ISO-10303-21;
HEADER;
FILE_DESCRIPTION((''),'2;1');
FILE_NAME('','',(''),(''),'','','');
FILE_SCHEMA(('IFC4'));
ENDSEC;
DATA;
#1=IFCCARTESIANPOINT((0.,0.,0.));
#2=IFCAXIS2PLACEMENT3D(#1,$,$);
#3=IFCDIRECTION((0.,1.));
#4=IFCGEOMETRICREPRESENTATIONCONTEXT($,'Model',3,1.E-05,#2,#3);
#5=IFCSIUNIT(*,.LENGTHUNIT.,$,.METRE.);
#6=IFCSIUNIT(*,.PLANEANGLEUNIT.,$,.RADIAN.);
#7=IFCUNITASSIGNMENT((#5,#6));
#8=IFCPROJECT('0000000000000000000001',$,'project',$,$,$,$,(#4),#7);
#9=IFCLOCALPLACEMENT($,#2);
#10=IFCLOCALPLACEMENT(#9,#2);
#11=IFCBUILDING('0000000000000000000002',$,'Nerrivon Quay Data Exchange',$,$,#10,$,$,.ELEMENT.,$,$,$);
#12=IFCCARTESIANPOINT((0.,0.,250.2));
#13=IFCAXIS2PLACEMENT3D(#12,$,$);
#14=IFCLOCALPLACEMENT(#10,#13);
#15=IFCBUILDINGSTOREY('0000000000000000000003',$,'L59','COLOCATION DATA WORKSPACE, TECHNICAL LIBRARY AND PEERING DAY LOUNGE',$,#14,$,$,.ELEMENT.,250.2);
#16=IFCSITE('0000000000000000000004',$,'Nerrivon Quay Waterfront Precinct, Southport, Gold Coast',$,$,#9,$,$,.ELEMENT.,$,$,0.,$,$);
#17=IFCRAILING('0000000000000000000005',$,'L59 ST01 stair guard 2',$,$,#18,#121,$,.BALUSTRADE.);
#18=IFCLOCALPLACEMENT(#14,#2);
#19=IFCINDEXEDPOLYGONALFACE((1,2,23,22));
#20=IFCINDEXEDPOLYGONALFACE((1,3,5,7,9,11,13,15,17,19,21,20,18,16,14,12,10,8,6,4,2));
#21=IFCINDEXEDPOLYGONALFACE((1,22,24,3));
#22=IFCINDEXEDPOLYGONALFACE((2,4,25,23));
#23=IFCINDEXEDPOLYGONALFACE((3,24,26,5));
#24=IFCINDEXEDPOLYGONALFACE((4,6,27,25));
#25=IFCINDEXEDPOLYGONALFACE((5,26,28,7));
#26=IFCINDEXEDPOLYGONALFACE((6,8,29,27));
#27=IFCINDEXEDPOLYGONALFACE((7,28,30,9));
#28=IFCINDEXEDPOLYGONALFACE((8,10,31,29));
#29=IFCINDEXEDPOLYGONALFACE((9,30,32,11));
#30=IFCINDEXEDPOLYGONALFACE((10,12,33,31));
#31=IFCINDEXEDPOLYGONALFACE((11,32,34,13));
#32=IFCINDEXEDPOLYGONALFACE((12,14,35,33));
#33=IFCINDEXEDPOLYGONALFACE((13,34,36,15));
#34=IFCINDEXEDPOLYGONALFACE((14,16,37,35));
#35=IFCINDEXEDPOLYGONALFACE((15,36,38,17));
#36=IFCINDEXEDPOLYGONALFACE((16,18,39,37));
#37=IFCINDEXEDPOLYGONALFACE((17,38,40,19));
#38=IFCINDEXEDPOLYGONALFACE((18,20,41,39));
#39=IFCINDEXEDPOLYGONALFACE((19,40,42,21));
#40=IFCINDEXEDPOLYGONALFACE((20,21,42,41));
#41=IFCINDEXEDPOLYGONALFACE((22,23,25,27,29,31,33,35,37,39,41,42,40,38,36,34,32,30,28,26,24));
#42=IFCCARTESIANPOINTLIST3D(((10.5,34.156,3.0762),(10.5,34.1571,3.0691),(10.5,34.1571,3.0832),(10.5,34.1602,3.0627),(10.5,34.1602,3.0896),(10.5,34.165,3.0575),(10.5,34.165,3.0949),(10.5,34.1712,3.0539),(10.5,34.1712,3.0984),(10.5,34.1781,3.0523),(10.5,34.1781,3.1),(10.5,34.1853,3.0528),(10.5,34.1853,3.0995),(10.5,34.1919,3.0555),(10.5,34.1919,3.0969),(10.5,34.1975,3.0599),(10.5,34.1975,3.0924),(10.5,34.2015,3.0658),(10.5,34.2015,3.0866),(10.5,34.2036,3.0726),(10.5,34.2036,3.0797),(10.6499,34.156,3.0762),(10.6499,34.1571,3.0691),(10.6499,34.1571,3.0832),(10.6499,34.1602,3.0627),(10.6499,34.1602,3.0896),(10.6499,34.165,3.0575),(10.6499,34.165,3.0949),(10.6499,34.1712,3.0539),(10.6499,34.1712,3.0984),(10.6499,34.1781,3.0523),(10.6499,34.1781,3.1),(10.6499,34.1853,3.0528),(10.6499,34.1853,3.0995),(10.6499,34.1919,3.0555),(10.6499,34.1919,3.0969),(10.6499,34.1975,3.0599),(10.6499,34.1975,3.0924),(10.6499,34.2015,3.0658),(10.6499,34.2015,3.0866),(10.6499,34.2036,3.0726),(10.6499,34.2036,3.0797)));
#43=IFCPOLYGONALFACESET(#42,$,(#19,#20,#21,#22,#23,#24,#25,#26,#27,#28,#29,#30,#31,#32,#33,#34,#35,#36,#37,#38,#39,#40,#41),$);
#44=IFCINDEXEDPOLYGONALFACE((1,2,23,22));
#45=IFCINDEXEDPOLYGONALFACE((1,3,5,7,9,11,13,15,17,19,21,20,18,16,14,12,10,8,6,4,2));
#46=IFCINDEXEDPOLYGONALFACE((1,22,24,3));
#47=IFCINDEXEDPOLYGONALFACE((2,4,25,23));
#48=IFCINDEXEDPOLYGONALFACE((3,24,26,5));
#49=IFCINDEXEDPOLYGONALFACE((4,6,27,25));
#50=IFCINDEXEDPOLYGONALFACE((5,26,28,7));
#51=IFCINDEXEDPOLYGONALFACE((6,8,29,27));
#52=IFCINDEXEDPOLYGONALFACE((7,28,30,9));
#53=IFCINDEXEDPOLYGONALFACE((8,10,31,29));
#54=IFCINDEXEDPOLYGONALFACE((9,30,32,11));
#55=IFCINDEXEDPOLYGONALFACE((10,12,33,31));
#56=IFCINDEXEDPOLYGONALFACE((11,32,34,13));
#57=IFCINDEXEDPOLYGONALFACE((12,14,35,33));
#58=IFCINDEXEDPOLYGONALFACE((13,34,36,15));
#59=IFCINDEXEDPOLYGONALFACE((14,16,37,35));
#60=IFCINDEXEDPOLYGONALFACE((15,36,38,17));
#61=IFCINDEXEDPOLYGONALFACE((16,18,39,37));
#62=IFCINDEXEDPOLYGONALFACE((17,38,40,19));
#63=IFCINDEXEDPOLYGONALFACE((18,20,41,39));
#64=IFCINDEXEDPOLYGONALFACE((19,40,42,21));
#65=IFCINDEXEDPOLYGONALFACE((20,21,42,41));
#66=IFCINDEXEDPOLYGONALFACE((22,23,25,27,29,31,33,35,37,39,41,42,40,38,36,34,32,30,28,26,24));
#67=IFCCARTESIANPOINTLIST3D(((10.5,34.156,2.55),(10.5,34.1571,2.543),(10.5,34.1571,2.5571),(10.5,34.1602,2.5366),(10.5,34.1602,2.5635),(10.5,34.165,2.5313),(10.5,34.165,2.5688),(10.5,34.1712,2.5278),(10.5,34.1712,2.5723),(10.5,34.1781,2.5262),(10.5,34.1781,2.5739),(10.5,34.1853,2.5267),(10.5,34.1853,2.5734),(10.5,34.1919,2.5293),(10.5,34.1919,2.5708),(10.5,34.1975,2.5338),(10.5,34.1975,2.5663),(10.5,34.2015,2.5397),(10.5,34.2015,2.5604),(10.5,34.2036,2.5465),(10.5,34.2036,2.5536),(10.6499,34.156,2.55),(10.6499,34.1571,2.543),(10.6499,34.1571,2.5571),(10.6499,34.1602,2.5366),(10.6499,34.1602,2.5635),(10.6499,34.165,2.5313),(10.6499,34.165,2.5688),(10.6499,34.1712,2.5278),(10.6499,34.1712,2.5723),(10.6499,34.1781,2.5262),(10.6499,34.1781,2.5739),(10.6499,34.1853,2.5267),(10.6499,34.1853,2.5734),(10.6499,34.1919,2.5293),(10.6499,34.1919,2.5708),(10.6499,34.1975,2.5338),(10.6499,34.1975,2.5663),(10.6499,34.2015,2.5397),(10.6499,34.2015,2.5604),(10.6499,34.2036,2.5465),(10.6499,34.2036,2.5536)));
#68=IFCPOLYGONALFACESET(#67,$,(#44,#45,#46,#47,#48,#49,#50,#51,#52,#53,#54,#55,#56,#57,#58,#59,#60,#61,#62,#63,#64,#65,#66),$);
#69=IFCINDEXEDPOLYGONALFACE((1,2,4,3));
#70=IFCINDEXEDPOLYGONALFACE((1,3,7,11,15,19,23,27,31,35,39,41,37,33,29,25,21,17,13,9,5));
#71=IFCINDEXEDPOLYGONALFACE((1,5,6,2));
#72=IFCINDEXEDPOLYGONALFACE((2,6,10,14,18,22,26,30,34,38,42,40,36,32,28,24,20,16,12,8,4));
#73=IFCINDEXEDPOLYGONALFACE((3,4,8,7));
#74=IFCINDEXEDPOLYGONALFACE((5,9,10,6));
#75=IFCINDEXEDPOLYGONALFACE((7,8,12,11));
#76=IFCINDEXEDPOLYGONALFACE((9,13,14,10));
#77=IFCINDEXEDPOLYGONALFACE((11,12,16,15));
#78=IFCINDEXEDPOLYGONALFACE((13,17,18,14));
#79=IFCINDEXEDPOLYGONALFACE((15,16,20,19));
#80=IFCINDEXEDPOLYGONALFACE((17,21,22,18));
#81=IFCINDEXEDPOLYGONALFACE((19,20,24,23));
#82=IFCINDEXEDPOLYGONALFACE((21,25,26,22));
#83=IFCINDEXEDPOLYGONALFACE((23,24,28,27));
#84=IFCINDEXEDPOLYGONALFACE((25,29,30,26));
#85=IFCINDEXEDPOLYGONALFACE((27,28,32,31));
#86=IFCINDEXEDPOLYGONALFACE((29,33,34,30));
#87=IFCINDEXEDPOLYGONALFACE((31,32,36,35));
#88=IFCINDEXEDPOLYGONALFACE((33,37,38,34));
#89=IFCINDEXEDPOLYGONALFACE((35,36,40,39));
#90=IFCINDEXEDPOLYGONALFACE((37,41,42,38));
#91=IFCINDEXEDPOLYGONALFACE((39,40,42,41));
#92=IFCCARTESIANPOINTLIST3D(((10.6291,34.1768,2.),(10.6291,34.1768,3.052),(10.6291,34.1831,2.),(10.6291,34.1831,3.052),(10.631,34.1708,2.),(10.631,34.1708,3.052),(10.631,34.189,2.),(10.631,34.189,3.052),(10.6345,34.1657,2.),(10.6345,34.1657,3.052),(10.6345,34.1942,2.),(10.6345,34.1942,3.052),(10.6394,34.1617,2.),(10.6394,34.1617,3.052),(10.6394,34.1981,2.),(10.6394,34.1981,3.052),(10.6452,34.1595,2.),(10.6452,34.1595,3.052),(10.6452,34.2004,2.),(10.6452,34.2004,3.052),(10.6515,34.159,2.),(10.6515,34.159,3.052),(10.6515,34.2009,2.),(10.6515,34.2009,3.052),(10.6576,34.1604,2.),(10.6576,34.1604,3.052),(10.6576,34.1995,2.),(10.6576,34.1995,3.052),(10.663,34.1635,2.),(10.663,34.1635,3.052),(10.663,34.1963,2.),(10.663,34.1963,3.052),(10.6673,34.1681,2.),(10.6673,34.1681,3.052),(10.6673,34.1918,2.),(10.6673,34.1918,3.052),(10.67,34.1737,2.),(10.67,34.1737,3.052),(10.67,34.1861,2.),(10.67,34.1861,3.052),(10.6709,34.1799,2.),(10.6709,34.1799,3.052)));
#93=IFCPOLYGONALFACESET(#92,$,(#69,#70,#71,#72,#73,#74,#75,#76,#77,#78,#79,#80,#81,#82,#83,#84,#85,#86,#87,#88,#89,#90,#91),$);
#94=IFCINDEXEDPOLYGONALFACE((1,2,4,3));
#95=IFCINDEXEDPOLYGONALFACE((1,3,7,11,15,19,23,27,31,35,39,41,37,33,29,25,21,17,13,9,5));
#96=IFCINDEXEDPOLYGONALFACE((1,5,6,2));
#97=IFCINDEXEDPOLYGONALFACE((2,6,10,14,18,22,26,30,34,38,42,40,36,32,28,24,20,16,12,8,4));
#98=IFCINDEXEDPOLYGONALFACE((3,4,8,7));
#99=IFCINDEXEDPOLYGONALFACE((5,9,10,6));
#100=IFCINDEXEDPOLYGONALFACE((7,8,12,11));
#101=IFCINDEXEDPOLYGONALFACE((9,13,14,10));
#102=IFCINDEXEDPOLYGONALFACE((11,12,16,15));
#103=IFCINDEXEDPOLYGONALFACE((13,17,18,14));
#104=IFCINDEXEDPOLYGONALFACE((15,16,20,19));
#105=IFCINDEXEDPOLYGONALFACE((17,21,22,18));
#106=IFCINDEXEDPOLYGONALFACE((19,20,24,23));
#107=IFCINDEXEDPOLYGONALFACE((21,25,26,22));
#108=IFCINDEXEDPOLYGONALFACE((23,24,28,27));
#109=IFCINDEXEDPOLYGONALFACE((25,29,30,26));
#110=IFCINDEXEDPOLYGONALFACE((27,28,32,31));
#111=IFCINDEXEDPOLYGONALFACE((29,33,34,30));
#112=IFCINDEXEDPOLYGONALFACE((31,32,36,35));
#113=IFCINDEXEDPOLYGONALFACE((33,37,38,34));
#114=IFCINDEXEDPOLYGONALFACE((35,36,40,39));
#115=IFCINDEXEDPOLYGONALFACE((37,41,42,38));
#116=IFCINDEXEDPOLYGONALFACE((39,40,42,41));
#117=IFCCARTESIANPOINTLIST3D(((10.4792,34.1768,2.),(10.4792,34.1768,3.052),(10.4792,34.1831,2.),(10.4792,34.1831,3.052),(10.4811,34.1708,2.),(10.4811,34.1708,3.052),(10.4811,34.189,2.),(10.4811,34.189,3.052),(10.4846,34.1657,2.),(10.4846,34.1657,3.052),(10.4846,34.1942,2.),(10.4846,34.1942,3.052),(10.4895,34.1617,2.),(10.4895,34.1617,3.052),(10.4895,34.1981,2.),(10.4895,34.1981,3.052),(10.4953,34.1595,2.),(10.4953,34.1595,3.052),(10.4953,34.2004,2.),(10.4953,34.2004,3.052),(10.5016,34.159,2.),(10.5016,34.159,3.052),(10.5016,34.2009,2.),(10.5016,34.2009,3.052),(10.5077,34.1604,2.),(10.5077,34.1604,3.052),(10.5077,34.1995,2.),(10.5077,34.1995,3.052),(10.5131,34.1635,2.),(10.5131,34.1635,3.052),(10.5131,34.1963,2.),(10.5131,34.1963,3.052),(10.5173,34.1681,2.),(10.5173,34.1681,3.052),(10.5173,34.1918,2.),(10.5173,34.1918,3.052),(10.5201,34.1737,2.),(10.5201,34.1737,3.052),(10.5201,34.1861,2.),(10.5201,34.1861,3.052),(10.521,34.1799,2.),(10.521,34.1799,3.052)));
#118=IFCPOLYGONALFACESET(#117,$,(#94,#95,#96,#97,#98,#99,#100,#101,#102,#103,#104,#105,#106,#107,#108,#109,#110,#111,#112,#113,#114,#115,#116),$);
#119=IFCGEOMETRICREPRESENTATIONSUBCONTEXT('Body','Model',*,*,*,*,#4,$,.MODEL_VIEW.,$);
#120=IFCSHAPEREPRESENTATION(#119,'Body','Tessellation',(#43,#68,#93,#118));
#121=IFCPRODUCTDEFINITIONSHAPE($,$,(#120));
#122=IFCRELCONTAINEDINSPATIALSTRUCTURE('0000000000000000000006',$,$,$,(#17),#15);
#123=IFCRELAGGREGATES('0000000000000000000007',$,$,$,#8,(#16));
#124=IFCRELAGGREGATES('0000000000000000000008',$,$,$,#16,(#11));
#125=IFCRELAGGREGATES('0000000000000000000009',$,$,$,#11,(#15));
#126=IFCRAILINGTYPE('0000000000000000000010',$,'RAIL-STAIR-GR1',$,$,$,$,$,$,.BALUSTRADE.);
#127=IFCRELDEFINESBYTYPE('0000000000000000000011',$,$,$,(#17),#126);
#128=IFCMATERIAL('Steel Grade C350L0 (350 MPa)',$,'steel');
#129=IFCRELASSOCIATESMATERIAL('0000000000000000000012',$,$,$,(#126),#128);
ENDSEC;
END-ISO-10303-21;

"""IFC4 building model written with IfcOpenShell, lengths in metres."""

from ifc_helpers import new_model, si_unit, direction, frame, origin, origin_2d, place, context, subcontext, project, spatial, circle, extrude, material, type_object, element, save


model = new_model("IFC4")

# Units and contexts
model_context = context("Model", 3, precision=1e-05, world=origin(), true_north=direction((0.0, 1.0)))
body_context = subcontext(model_context, "Body", "Model", "MODEL_VIEW")
ifc_project = project(units=[si_unit("LENGTHUNIT", "METRE"), si_unit("PLANEANGLEUNIT", "RADIAN")], contexts=[model_context])

# Site, building, storey
site_placement = place(None, origin())
site = spatial("IfcSite", under=ifc_project, at=site_placement, Name="Nerrivon Quay Waterfront Precinct, Southport, Gold Coast", CompositionType="ELEMENT", RefElevation=0.0)
building_placement = place(site_placement, origin())
building = spatial("IfcBuilding", under=site, at=building_placement, Name="Nerrivon Quay Data Exchange", CompositionType="ELEMENT")
storey_placement = place(building_placement, frame((0.0, 0.0, 250.2)))
storey = spatial("IfcBuildingStorey", under=building, at=storey_placement, Name="L59", Description="COLOCATION DATA WORKSPACE, TECHNICAL LIBRARY AND PEERING DAY LOUNGE", CompositionType="ELEMENT", Elevation=250.2)

# Shared definitions
ifc_material_1 = material(Name="Steel Grade C350L0 (350 MPa)", Category="steel")

# Railing
railing_type_1 = type_object("IfcRailingType", Name="RAIL-STAIR-GR1", PredefinedType="BALUSTRADE", material=ifc_material_1)
railing_1_placement = place(storey_placement, frame((10.6499, 34.1799, 2.0)))
element("IfcRailing", 1, at=railing_1_placement, inside=storey, type_object=railing_type_1, Name="L59 ST01 stair guard 2", PredefinedType="BALUSTRADE", context=body_context, shape_type="SweptSolid", body=[
    extrude(circle(Radius=0.0239, at=origin_2d()), frame((0.0, 0.0, 1.0762), z_axis=(-1.0, 0.0, 0.0), x_axis=(0.0, -1.0, 0.0)), (0.0, 0.0, 1.0), 0.1499),
    extrude(circle(Radius=0.0239, at=origin_2d()), frame((0.0, 0.0, 0.55), z_axis=(-1.0, 0.0, 0.0), x_axis=(0.0, -1.0, 0.0)), (0.0, 0.0, 1.0), 0.1499),
    extrude(circle(Radius=0.021, at=origin_2d()), origin(), (0.0, 0.0, 1.0), 1.052),
    extrude(circle(Radius=0.021, at=origin_2d()), frame((-0.1499, 0.0, 0.0)), (0.0, 0.0, 1.0), 1.052),
])

save(model, "model.ifc")
